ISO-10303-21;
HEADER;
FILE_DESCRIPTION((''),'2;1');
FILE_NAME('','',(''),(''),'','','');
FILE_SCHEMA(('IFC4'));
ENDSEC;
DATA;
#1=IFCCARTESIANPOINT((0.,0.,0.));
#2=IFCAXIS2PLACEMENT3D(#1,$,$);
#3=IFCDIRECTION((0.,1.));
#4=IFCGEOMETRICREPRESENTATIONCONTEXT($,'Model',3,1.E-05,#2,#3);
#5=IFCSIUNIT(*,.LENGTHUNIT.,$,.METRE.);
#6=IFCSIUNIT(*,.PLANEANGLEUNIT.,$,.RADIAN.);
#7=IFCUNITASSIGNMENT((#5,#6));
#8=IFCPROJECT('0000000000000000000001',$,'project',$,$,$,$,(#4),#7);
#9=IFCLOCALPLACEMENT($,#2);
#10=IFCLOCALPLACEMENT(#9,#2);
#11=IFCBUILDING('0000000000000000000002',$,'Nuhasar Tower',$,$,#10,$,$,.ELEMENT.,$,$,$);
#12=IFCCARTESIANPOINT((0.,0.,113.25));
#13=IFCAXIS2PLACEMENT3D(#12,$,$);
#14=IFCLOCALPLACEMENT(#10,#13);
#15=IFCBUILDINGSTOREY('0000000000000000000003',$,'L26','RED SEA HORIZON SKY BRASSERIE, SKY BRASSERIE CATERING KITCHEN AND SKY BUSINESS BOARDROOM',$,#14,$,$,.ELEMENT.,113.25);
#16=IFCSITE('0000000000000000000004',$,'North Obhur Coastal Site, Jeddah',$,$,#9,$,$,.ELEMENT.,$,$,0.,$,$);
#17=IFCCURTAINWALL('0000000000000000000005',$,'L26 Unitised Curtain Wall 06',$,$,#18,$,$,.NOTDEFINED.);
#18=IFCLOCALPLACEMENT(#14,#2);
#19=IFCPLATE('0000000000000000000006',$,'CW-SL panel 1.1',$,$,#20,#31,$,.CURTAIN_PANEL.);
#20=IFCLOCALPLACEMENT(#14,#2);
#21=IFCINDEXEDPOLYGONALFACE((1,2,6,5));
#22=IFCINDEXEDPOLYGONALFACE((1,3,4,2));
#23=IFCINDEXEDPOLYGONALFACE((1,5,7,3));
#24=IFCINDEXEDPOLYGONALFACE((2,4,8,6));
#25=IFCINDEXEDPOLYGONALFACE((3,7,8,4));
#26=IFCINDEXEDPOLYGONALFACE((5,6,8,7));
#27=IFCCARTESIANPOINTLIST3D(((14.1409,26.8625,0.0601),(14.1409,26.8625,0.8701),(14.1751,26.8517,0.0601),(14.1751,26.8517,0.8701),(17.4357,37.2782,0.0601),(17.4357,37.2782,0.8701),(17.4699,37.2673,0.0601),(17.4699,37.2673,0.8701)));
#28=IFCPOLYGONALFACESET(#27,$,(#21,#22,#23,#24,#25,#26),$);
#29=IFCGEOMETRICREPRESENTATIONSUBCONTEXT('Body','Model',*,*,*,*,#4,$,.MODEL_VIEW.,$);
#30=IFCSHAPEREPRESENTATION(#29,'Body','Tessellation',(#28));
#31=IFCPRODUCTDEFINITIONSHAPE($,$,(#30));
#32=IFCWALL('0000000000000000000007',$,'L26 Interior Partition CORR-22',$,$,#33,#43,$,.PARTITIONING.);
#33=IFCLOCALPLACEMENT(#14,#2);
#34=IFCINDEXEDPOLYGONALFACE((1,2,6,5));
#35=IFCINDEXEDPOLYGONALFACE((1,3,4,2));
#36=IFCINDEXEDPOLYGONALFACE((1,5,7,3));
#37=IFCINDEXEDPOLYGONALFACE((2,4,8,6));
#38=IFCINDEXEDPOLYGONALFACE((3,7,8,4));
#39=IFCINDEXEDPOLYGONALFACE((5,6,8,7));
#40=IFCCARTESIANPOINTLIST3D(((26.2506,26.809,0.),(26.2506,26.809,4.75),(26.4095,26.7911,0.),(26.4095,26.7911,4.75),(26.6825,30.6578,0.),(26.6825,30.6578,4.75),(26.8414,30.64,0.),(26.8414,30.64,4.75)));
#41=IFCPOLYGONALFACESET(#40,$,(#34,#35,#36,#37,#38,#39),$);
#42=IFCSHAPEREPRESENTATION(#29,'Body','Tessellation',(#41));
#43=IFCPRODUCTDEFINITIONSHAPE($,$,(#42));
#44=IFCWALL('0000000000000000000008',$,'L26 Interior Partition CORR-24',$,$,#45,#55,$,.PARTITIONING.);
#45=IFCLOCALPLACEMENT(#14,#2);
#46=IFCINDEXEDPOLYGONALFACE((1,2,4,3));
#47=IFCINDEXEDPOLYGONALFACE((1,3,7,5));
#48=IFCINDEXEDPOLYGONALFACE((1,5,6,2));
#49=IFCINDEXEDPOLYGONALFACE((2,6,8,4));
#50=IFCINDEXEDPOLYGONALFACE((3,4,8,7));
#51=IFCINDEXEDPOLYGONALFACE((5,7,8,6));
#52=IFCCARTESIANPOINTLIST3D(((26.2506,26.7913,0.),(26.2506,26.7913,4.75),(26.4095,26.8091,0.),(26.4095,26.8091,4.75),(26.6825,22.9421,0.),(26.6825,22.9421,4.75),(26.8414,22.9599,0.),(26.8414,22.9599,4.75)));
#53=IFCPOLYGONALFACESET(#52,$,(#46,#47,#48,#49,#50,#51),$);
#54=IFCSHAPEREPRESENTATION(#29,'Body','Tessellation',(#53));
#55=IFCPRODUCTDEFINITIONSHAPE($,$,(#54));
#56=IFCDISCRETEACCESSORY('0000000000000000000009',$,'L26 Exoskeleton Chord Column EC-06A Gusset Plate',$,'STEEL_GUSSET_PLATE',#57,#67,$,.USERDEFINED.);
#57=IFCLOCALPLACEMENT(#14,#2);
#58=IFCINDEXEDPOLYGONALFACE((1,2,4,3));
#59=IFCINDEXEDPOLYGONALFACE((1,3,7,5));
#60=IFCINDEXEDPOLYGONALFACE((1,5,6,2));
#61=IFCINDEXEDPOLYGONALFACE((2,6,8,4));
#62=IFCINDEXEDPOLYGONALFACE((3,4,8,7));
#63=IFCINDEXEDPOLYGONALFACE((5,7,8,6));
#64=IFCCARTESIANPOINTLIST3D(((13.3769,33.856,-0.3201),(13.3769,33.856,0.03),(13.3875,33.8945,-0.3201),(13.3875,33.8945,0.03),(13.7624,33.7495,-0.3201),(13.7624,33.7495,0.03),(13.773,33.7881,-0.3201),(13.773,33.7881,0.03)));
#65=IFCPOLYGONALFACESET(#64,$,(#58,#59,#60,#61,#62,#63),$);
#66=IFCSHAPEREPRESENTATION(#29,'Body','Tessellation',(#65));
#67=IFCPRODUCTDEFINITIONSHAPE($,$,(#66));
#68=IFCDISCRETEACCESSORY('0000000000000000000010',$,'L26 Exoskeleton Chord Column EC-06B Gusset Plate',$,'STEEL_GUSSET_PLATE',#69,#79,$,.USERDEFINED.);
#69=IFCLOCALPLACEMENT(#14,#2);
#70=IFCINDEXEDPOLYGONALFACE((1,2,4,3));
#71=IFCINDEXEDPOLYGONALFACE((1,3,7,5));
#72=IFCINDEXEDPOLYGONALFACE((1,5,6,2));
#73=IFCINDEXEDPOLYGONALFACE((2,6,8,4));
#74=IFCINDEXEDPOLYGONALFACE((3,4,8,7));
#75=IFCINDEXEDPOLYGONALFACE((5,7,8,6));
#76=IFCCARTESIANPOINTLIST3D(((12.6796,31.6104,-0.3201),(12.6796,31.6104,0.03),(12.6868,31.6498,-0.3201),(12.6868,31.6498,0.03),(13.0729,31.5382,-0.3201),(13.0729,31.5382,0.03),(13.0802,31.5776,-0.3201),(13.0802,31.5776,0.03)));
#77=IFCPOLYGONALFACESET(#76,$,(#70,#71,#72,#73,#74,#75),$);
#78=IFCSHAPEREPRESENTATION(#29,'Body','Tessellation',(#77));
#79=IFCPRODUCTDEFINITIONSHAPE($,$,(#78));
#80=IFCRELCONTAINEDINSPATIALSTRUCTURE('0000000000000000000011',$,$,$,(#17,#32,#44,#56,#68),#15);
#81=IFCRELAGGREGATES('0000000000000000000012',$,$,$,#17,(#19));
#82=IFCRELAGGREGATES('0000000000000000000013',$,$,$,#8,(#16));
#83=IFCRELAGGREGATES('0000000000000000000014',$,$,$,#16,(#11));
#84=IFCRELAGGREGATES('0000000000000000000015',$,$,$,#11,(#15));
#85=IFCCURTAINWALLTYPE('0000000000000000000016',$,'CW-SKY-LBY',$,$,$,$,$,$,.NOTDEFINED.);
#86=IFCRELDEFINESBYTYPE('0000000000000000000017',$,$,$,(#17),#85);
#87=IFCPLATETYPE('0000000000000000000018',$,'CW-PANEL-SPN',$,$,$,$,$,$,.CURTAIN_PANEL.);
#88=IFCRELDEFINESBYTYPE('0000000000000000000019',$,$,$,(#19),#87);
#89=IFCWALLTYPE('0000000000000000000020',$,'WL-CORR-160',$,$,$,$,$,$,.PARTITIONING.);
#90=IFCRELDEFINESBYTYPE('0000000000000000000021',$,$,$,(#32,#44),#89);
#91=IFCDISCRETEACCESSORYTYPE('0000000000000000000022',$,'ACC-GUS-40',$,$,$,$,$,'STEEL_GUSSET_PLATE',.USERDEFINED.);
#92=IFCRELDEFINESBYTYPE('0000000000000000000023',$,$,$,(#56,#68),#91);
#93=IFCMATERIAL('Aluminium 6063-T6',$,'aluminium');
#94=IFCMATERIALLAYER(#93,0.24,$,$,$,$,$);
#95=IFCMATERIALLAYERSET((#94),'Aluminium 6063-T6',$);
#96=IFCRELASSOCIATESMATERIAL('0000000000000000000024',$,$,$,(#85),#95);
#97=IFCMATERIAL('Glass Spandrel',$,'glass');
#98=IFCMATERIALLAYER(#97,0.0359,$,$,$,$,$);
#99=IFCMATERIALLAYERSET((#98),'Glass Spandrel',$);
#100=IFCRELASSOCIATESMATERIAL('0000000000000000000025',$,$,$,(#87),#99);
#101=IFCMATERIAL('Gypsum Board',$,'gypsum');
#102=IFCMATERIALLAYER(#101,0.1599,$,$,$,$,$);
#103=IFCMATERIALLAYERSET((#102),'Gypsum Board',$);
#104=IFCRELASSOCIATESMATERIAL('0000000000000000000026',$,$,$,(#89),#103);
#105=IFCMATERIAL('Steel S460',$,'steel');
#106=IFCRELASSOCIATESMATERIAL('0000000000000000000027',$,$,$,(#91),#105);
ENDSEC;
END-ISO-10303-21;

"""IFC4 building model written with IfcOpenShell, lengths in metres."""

from ifc_helpers import new_model, si_unit, direction, frame, frame_2d, origin, origin_2d, place, context, subcontext, project, spatial, rectangle, extrude, material, layer, layer_set, type_object, element, aggregate, save


model = new_model("IFC4")

# Units and contexts
model_context = context("Model", 3, precision=1e-05, world=origin(), true_north=direction((0.0, 1.0)))
body_context = subcontext(model_context, "Body", "Model", "MODEL_VIEW")
ifc_project = project(units=[si_unit("LENGTHUNIT", "METRE"), si_unit("PLANEANGLEUNIT", "RADIAN")], contexts=[model_context])

# Site, building, storey
site_placement = place(None, origin())
site = spatial("IfcSite", under=ifc_project, at=site_placement, Name="North Obhur Coastal Site, Jeddah", CompositionType="ELEMENT", RefElevation=0.0)
building_placement = place(site_placement, origin())
building = spatial("IfcBuilding", under=site, at=building_placement, Name="Nuhasar Tower", CompositionType="ELEMENT")
storey_placement = place(building_placement, frame((0.0, 0.0, 113.25)))
storey = spatial("IfcBuildingStorey", under=building, at=storey_placement, Name="L26", Description="RED SEA HORIZON SKY BRASSERIE, SKY BRASSERIE CATERING KITCHEN AND SKY BUSINESS BOARDROOM", CompositionType="ELEMENT", Elevation=113.25)

# Shared definitions
ifc_material_1 = material(Name="Steel S460", Category="steel")

# Curtain wall
ifc_material_2 = material(Name="Aluminium 6063-T6", Category="aluminium")
ifc_layer_1 = layer(ifc_material_2, 0.24)
ifc_layer_set_1 = layer_set([ifc_layer_1], Name="Aluminium 6063-T6")
curtain_wall_type = type_object("IfcCurtainWallType", Name="CW-SKY-LBY", PredefinedType="NOTDEFINED", material=ifc_layer_set_1)
curtain_wall_1_placement = place(storey_placement, origin())
curtain_wall_1 = element("IfcCurtainWall", 1, at=curtain_wall_1_placement, inside=storey, type_object=curtain_wall_type, Name="L26 Unitised Curtain Wall 06", PredefinedType="NOTDEFINED")

# Plate
ifc_material_3 = material(Name="Glass Spandrel", Category="glass")
ifc_layer_2 = layer(ifc_material_3, 0.0359)
ifc_layer_set_2 = layer_set([ifc_layer_2], Name="Glass Spandrel")
plate_type_1 = type_object("IfcPlateType", Name="CW-PANEL-SPN", PredefinedType="CURTAIN_PANEL", material=ifc_layer_set_2)
plate_1_placement = place(storey_placement, frame((15.8054, 32.0649, 0.0601), z_axis=(0.0, 0.0, 1.0), x_axis=(-0.301604, -0.953433, 0.0)))
plate_1 = element("IfcPlate", 2, at=plate_1_placement, type_object=plate_type_1, Name="CW-SL panel 1.1", PredefinedType="CURTAIN_PANEL", context=body_context, shape_type="SweptSolid", body=[
    extrude(rectangle(XDim=10.9243, YDim=0.0359, at=origin_2d()), origin(), (0.0, 0.0, 1.0), 0.8101),
])
aggregate(curtain_wall_1, [plate_1])

# Walls
ifc_material_4 = material(Name="Gypsum Board", Category="gypsum")
ifc_layer_3 = layer(ifc_material_4, 0.1599)
ifc_layer_set_3 = layer_set([ifc_layer_3], Name="Gypsum Board")
wall_type = type_object("IfcWallType", Name="WL-CORR-160", PredefinedType="PARTITIONING", material=ifc_layer_set_3)
wall_1_placement = place(storey_placement, frame((26.762, 30.6489, 0.0), z_axis=(0.0, 0.0, 1.0), x_axis=(-0.111511, -0.993763, 0.0)))
element("IfcWall", 3, at=wall_1_placement, inside=storey, type_object=wall_type, Name="L26 Interior Partition CORR-22", PredefinedType="PARTITIONING", context=body_context, shape_type="SweptSolid", body=[
    extrude(rectangle(XDim=3.873, YDim=0.1599, at=frame_2d((1.9365, 0.0))), origin(), (0.0, 0.0, 1.0), 4.75),
])
wall_2_placement = place(storey_placement, frame((26.3301, 26.8, 0.0), z_axis=(0.0, 0.0, 1.0), x_axis=(0.111504, -0.993764, 0.0)))
element("IfcWall", 4, at=wall_2_placement, inside=storey, type_object=wall_type, Name="L26 Interior Partition CORR-24", PredefinedType="PARTITIONING", context=body_context, shape_type="SweptSolid", body=[
    extrude(rectangle(XDim=3.8733, YDim=0.1599, at=frame_2d((1.9365, 0.0))), origin(), (0.0, 0.0, 1.0), 4.75),
])

# Discrete accessories
discrete_accessory_type = type_object("IfcDiscreteAccessoryType", Name="ACC-GUS-40", ElementType="STEEL_GUSSET_PLATE", PredefinedType="USERDEFINED", material=ifc_material_1)
for number, where, z_axis, x_axis, name in (
    (5, (13.575, 33.822, -0.3201), (0.0, 0.0, 1.0), (-0.963914, 0.266212, 0.0), "L26 Exoskeleton Chord Column EC-06A Gusset Plate"),
    (6, (12.8799, 31.594, -0.3201), (0.0, 0.0, 1.0), (-0.983568, 0.180536, 0.0), "L26 Exoskeleton Chord Column EC-06B Gusset Plate"),
):
    element("IfcDiscreteAccessory", number, at=place(storey_placement, frame(where, z_axis=z_axis, x_axis=x_axis)), inside=storey, type_object=discrete_accessory_type, Name=name, ObjectType="STEEL_GUSSET_PLATE", PredefinedType="USERDEFINED", context=body_context, shape_type="SweptSolid", body=[
        extrude(rectangle(XDim=0.3999, YDim=0.04, at=origin_2d()), origin(), (0.0, 0.0, 1.0), 0.3501),
    ])

save(model, "model.ifc")
